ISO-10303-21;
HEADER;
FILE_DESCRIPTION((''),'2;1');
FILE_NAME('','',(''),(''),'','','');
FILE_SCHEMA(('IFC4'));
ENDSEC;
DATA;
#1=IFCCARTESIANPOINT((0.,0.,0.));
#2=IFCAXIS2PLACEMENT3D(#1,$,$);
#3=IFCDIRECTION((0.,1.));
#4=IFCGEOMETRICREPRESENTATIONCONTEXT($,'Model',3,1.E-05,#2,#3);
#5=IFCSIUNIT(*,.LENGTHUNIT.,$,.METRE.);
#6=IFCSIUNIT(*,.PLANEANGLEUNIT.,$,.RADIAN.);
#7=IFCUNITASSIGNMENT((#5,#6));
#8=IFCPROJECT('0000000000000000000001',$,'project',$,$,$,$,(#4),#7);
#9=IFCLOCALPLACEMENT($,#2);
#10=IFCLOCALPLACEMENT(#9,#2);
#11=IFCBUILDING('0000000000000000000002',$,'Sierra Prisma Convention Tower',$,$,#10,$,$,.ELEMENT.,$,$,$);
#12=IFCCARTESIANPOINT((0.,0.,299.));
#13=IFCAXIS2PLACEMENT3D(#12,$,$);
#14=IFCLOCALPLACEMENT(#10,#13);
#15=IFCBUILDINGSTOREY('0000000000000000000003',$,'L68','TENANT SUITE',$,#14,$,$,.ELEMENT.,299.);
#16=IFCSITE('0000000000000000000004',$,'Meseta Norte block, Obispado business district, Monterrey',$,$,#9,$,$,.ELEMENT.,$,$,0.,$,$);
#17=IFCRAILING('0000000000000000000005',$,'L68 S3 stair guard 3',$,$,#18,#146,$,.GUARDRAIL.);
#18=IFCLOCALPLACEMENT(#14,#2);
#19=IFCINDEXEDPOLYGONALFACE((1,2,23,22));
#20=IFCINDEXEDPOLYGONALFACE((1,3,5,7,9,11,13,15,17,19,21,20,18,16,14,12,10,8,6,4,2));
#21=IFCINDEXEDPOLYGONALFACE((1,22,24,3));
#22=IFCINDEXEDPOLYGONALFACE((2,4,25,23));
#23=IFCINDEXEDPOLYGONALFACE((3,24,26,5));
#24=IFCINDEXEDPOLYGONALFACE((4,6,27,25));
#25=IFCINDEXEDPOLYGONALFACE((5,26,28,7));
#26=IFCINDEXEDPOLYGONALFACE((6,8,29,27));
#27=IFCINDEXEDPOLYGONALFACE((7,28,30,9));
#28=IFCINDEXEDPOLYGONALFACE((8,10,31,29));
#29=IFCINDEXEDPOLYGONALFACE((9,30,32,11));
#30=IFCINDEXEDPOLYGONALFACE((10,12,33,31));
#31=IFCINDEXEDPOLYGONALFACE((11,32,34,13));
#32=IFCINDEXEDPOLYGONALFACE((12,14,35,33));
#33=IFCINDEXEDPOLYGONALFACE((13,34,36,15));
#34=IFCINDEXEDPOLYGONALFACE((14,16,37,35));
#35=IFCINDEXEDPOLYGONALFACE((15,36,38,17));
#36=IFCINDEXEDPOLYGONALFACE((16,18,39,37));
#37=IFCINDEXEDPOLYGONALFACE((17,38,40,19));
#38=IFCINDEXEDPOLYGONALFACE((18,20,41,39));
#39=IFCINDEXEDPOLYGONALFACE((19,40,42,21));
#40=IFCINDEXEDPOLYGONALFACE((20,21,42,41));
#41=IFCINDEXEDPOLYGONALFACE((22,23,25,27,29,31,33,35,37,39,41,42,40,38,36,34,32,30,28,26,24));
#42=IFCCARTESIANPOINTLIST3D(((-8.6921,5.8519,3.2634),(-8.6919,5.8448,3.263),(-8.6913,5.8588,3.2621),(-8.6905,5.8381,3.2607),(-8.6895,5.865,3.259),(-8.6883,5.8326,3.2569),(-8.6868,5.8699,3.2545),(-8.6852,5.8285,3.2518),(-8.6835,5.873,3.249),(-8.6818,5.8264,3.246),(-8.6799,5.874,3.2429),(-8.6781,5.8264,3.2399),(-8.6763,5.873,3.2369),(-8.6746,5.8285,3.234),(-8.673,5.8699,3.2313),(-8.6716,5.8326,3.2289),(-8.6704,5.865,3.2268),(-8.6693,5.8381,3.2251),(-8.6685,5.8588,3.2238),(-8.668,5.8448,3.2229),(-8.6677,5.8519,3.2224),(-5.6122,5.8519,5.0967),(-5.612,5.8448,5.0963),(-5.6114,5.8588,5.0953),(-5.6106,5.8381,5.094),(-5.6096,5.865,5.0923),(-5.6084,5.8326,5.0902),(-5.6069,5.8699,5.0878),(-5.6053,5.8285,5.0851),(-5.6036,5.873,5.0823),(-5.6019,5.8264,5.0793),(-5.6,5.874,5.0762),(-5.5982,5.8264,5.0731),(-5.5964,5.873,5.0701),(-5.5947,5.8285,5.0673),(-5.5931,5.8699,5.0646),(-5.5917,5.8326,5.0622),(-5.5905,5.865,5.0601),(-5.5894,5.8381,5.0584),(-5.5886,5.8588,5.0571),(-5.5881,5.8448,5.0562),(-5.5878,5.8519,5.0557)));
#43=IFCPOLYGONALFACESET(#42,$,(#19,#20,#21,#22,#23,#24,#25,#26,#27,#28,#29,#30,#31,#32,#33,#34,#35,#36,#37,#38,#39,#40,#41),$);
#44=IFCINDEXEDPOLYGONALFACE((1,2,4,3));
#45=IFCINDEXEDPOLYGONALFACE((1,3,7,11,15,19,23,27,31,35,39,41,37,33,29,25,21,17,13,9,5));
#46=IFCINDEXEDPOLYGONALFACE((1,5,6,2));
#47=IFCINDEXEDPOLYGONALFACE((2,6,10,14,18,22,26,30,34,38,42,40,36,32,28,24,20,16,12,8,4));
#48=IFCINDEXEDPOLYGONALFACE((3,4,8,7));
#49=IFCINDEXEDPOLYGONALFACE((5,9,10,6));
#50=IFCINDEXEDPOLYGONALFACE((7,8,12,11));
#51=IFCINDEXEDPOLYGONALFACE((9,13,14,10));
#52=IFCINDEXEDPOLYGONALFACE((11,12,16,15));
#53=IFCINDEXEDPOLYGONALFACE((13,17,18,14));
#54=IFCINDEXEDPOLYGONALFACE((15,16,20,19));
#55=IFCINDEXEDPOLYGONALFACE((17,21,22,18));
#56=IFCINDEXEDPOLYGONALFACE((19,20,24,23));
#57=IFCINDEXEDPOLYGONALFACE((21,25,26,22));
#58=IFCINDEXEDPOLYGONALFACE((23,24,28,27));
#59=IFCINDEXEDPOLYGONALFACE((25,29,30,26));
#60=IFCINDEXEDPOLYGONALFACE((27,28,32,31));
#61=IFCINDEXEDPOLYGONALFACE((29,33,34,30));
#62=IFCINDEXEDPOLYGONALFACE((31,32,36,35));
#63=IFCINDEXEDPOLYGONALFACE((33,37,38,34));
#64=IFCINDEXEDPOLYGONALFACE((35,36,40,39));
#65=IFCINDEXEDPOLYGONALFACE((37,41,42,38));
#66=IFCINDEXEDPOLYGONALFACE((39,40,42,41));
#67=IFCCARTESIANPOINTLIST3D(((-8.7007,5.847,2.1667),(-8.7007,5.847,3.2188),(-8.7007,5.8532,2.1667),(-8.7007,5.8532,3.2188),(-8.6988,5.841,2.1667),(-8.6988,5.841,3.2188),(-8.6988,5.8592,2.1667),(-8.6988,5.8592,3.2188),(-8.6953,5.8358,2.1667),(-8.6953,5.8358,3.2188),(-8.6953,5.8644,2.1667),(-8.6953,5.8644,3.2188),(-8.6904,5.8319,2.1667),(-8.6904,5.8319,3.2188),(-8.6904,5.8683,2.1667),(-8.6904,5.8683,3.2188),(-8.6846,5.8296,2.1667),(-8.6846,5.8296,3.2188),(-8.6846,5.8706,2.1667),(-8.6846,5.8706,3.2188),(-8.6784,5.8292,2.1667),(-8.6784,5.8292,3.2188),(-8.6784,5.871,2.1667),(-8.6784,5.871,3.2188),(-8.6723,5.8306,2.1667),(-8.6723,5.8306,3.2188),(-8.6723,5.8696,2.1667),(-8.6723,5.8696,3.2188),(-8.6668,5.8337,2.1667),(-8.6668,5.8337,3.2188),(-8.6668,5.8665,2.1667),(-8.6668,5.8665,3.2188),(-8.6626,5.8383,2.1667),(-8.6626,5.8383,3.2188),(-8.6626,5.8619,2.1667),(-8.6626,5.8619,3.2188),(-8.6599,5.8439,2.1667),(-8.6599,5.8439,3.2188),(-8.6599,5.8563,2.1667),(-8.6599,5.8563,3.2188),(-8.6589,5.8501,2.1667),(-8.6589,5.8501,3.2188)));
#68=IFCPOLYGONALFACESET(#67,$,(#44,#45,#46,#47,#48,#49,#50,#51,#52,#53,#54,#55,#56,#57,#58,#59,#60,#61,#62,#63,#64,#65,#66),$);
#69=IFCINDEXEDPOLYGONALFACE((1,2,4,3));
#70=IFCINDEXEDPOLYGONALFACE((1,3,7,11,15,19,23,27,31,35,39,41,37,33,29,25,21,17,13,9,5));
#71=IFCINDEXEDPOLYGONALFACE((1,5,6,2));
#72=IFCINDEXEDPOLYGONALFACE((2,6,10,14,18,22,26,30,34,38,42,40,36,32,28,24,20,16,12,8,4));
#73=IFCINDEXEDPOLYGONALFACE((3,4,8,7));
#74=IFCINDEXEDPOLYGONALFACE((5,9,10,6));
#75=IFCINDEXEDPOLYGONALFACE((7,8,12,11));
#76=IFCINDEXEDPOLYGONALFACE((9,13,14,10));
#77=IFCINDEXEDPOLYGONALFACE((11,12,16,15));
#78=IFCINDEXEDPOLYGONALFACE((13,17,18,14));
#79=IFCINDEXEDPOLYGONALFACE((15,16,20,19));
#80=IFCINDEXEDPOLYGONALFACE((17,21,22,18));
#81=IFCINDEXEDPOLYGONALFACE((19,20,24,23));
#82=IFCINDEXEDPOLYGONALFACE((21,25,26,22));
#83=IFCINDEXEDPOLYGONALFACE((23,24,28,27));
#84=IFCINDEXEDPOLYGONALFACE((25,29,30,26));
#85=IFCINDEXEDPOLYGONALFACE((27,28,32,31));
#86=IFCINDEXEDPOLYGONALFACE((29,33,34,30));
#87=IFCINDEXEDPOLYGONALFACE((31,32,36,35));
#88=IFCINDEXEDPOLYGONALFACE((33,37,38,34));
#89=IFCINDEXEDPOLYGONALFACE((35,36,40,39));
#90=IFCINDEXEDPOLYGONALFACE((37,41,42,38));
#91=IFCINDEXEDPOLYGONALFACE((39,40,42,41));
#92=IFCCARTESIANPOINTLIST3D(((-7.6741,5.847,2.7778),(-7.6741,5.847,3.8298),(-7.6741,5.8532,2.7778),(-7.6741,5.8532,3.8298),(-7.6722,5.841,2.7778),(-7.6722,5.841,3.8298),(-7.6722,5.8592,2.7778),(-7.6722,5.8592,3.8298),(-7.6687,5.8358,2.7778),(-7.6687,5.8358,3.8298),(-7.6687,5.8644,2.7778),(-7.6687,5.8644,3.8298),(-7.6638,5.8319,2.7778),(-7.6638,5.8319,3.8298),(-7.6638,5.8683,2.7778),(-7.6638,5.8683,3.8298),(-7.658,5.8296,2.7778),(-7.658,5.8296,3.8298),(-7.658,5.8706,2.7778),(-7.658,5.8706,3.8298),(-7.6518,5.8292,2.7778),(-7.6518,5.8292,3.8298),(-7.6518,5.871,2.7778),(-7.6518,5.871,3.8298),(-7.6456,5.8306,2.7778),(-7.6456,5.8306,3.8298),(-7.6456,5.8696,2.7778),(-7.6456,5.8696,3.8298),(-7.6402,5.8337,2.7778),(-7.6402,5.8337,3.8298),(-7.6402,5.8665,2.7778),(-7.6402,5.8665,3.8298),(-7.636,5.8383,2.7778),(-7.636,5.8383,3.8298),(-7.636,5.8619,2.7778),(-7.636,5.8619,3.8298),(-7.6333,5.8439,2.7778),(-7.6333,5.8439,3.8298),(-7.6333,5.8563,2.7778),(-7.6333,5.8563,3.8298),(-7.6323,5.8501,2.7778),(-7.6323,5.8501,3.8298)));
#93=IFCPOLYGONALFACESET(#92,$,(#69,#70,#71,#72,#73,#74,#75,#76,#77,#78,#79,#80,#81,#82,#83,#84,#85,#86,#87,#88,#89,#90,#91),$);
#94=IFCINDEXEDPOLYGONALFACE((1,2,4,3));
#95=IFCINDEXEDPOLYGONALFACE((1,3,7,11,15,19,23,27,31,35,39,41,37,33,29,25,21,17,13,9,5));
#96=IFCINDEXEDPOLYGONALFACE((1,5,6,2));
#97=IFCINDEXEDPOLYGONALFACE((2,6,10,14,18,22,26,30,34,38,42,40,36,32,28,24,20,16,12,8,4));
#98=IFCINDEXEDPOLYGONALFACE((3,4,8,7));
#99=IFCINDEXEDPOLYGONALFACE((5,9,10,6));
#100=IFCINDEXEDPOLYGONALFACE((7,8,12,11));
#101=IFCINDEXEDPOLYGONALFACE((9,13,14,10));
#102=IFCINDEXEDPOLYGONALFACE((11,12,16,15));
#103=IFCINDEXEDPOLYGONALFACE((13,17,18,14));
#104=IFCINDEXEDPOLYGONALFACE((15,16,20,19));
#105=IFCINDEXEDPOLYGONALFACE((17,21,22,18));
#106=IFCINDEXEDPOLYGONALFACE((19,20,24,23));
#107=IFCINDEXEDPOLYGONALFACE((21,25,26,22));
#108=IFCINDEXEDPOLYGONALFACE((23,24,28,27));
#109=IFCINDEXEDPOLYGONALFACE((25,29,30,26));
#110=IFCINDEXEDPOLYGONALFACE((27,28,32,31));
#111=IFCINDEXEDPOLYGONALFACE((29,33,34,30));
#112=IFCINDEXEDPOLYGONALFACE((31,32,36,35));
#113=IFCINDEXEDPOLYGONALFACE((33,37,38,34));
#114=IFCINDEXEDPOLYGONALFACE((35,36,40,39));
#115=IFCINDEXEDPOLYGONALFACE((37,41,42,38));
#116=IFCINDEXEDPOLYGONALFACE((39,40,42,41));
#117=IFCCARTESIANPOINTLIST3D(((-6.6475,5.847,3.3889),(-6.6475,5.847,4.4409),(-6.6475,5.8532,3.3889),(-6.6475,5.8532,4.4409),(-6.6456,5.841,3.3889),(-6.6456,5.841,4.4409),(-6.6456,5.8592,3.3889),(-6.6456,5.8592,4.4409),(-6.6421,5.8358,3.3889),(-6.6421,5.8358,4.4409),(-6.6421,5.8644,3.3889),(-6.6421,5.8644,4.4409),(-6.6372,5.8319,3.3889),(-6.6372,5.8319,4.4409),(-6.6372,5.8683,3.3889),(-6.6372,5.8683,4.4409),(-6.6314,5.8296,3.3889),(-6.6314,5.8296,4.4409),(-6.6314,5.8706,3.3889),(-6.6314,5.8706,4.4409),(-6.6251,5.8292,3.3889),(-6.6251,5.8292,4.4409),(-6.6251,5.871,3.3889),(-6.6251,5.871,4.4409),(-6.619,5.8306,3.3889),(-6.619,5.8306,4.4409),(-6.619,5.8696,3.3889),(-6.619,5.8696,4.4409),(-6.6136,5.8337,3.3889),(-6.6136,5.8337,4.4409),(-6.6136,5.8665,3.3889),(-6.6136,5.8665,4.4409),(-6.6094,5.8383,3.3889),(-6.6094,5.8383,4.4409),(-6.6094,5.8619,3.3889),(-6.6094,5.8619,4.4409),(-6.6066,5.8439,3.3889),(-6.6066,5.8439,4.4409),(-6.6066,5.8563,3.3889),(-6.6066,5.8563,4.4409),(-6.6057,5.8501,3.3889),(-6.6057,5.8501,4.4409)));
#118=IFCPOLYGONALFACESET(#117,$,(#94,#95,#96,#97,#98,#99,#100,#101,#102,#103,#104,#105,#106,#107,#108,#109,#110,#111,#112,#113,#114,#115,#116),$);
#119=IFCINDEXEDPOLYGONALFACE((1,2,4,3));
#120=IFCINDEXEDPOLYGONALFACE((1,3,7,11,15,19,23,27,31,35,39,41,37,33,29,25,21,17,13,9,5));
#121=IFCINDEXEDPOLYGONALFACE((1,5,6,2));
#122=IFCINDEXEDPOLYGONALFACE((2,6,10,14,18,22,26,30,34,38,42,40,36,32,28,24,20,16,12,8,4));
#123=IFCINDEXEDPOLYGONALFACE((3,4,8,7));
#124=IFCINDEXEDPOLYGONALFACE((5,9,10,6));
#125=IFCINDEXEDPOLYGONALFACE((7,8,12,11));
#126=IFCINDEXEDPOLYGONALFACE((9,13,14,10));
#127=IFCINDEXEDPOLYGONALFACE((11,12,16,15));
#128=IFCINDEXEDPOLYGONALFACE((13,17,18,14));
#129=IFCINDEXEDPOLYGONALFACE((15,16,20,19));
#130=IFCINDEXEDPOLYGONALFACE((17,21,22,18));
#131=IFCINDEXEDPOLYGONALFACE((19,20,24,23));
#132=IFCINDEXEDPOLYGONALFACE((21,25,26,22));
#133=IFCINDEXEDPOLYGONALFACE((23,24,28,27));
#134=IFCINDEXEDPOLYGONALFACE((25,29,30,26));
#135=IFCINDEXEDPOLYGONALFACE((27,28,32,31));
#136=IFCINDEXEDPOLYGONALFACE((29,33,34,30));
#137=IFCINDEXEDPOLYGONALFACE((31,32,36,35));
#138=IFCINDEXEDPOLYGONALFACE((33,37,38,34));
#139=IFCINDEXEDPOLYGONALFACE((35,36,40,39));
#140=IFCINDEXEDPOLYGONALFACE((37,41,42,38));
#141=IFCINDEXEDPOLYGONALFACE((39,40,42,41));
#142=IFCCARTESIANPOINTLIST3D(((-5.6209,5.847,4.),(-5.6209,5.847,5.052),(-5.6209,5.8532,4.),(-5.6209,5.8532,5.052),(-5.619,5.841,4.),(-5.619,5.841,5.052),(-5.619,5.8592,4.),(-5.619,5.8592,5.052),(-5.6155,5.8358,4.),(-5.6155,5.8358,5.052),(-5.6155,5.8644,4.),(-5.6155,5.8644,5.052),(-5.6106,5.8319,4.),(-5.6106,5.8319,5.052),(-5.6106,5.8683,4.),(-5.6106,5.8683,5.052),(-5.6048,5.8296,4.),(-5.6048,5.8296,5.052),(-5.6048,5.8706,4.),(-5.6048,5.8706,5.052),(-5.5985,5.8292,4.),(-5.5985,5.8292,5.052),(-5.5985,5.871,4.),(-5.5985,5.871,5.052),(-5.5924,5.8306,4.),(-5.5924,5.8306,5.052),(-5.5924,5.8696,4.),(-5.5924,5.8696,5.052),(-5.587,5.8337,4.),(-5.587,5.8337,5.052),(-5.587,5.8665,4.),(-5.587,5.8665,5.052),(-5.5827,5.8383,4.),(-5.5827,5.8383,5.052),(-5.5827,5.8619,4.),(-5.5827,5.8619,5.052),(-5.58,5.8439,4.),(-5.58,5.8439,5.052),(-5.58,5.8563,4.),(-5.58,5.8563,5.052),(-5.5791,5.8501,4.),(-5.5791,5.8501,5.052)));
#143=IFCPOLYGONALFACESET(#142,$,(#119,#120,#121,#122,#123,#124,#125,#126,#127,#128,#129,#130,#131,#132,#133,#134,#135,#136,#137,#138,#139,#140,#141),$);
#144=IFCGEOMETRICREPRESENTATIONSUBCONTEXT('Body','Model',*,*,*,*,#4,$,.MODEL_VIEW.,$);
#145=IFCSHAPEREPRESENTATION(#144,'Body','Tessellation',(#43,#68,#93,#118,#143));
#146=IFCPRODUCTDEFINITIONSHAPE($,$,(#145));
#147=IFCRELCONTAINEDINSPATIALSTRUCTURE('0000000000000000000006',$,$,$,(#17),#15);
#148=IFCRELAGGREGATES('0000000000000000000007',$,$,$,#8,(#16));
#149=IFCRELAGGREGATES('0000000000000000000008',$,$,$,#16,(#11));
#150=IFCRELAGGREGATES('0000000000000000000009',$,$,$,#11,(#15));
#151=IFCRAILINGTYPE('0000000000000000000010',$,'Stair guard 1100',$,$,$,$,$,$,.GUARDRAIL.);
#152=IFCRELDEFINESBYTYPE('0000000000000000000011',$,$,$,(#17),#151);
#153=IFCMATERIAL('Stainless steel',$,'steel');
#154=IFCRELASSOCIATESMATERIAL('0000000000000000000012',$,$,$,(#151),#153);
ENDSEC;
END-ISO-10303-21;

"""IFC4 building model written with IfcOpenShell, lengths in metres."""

from ifc_helpers import new_model, si_unit, direction, frame, origin, origin_2d, place, context, subcontext, project, spatial, circle, extrude, material, type_object, element, save


model = new_model("IFC4")

# Units and contexts
model_context = context("Model", 3, precision=1e-05, world=origin(), true_north=direction((0.0, 1.0)))
body_context = subcontext(model_context, "Body", "Model", "MODEL_VIEW")
ifc_project = project(units=[si_unit("LENGTHUNIT", "METRE"), si_unit("PLANEANGLEUNIT", "RADIAN")], contexts=[model_context])

# Site, building, storey
site_placement = place(None, origin())
site = spatial("IfcSite", under=ifc_project, at=site_placement, Name="Meseta Norte block, Obispado business district, Monterrey", CompositionType="ELEMENT", RefElevation=0.0)
building_placement = place(site_placement, origin())
building = spatial("IfcBuilding", under=site, at=building_placement, Name="Sierra Prisma Convention Tower", CompositionType="ELEMENT")
storey_placement = place(building_placement, frame((0.0, 0.0, 299.0)))
storey = spatial("IfcBuildingStorey", under=building, at=storey_placement, Name="L68", Description="TENANT SUITE", CompositionType="ELEMENT", Elevation=299.0)

# Railing
ifc_material_1 = material(Name="Stainless steel", Category="steel")
railing_type_1 = type_object("IfcRailingType", Name="Stair guard 1100", PredefinedType="GUARDRAIL", material=ifc_material_1)
railing_1_placement = place(storey_placement, frame((-8.6799, 5.8501, 2.1667)))
element("IfcRailing", 1, at=railing_1_placement, inside=storey, type_object=railing_type_1, Name="L68 S3 stair guard 3", PredefinedType="GUARDRAIL", context=body_context, shape_type="SweptSolid", body=[
    extrude(circle(Radius=0.0239, at=origin_2d()), frame((0.0, 0.0, 1.0762), z_axis=(0.859291, 0.0, 0.511487), x_axis=(0.0, 1.0, 0.0)), (0.0, 0.0, 1.0), 3.5842),
    extrude(circle(Radius=0.021, at=origin_2d()), origin(), (0.0, 0.0, 1.0), 1.052),
    extrude(circle(Radius=0.021, at=origin_2d()), frame((1.0266, 0.0, 0.6111)), (0.0, 0.0, 1.0), 1.052),
    extrude(circle(Radius=0.021, at=origin_2d()), frame((2.0532, 0.0, 1.2222)), (0.0, 0.0, 1.0), 1.052),
    extrude(circle(Radius=0.021, at=origin_2d()), frame((3.0798, 0.0, 1.8333)), (0.0, 0.0, 1.0), 1.052),
])

save(model, "model.ifc")
